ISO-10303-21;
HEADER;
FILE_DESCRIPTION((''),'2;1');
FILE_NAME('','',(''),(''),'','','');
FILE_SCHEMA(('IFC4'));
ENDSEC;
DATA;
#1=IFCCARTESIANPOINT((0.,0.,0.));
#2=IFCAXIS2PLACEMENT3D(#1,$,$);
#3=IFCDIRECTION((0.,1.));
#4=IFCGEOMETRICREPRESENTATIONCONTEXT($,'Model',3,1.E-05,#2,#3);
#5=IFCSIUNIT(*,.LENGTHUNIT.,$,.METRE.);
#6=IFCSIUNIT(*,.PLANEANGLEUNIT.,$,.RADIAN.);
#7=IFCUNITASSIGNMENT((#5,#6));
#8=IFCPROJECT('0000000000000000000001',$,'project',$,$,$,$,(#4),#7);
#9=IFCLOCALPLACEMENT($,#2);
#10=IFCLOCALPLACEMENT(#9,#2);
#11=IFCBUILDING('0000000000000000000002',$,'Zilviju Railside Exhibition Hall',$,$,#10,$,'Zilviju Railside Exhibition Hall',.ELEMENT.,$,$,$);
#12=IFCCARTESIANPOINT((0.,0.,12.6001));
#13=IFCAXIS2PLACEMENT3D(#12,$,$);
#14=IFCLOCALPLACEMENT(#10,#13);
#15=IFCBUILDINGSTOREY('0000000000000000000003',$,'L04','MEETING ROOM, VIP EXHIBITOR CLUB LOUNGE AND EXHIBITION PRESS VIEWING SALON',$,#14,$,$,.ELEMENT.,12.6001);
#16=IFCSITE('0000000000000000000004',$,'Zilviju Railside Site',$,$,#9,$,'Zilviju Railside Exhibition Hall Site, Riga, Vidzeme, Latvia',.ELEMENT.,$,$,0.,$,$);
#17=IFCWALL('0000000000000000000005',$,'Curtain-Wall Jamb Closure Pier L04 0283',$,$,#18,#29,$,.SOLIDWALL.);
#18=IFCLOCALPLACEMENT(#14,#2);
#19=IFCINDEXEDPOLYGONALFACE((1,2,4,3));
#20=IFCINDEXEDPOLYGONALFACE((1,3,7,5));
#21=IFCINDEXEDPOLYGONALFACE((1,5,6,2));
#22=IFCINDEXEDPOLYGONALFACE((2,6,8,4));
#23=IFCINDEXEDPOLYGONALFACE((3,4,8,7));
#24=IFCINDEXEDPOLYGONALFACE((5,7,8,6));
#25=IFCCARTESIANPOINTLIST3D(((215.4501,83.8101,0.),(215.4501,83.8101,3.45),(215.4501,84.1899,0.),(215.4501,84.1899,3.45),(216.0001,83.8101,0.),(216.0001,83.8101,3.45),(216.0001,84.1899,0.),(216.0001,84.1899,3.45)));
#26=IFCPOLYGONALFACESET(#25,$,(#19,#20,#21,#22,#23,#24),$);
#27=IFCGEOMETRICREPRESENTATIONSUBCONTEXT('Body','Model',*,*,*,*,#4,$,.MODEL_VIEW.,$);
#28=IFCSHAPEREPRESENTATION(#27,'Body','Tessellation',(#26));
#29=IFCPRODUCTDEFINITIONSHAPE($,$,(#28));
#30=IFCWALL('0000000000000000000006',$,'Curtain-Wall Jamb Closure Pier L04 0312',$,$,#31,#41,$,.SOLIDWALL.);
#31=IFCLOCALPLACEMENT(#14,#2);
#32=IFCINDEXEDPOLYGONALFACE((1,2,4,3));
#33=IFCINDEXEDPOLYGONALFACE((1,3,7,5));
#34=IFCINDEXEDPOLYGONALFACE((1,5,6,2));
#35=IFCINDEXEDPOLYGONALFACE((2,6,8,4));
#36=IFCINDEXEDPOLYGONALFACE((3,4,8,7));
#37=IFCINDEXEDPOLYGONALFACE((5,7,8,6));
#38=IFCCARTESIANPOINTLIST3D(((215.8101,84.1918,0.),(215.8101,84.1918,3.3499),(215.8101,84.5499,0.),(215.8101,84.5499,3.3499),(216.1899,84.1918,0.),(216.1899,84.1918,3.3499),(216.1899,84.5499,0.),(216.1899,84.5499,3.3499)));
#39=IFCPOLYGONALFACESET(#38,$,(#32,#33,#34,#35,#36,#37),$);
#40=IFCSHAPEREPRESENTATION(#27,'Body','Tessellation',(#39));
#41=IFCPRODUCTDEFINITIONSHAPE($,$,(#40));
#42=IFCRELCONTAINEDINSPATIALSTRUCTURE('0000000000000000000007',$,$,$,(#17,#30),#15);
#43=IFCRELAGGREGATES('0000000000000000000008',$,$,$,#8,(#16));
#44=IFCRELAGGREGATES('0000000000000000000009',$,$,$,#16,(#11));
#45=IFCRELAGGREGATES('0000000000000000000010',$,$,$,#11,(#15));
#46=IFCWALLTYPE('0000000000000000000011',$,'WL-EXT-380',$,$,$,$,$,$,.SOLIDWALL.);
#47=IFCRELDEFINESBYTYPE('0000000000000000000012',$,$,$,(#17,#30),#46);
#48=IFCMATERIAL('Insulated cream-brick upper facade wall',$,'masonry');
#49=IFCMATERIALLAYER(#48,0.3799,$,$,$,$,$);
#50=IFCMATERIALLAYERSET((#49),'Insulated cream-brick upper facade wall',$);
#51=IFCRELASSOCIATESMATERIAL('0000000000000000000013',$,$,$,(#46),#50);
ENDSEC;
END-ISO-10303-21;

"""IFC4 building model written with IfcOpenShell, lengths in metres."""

from ifc_helpers import new_model, si_unit, direction, frame, frame_2d, origin, place, context, subcontext, project, spatial, rectangle, extrude, material, layer, layer_set, type_object, element, save


model = new_model("IFC4")

# Units and contexts
model_context = context("Model", 3, precision=1e-05, world=origin(), true_north=direction((0.0, 1.0)))
body_context = subcontext(model_context, "Body", "Model", "MODEL_VIEW")
ifc_project = project(units=[si_unit("LENGTHUNIT", "METRE"), si_unit("PLANEANGLEUNIT", "RADIAN")], contexts=[model_context])

# Site, building, storey
site_placement = place(None, origin())
site = spatial("IfcSite", under=ifc_project, at=site_placement, Name="Zilviju Railside Site", LongName="Zilviju Railside Exhibition Hall Site, Riga, Vidzeme, Latvia", CompositionType="ELEMENT", RefElevation=0.0)
building_placement = place(site_placement, origin())
building = spatial("IfcBuilding", under=site, at=building_placement, Name="Zilviju Railside Exhibition Hall", LongName="Zilviju Railside Exhibition Hall", CompositionType="ELEMENT")
storey_placement = place(building_placement, frame((0.0, 0.0, 12.6001)))
storey = spatial("IfcBuildingStorey", under=building, at=storey_placement, Name="L04", Description="MEETING ROOM, VIP EXHIBITOR CLUB LOUNGE AND EXHIBITION PRESS VIEWING SALON", CompositionType="ELEMENT", Elevation=12.6001)

# Walls
ifc_material_1 = material(Name="Insulated cream-brick upper facade wall", Category="masonry")
ifc_layer_1 = layer(ifc_material_1, 0.3799)
ifc_layer_set_1 = layer_set([ifc_layer_1], Name="Insulated cream-brick upper facade wall")
wall_type = type_object("IfcWallType", Name="WL-EXT-380", PredefinedType="SOLIDWALL", material=ifc_layer_set_1)
wall_1_placement = place(storey_placement, frame((216.0, 84.0, 0.0), z_axis=(0.0, 0.0, 1.0), x_axis=(-1.0, 0.0, 0.0)))
element("IfcWall", 1, at=wall_1_placement, inside=storey, type_object=wall_type, Name="Curtain-Wall Jamb Closure Pier L04 0283", PredefinedType="SOLIDWALL", context=body_context, shape_type="SweptSolid", body=[
    extrude(rectangle(XDim=0.55, YDim=0.3799, at=frame_2d((0.2749, 0.0))), origin(), (0.0, 0.0, 1.0), 3.45),
])
wall_2_placement = place(storey_placement, frame((216.0, 84.55, 0.0), z_axis=(0.0, 0.0, 1.0), x_axis=(0.0, -1.0, 0.0)))
element("IfcWall", 2, at=wall_2_placement, inside=storey, type_object=wall_type, Name="Curtain-Wall Jamb Closure Pier L04 0312", PredefinedType="SOLIDWALL", context=body_context, shape_type="SweptSolid", body=[
    extrude(rectangle(XDim=0.3582, YDim=0.3799, at=frame_2d((0.1792, 0.0))), origin(), (0.0, 0.0, 1.0), 3.3499),
])

save(model, "model.ifc")
